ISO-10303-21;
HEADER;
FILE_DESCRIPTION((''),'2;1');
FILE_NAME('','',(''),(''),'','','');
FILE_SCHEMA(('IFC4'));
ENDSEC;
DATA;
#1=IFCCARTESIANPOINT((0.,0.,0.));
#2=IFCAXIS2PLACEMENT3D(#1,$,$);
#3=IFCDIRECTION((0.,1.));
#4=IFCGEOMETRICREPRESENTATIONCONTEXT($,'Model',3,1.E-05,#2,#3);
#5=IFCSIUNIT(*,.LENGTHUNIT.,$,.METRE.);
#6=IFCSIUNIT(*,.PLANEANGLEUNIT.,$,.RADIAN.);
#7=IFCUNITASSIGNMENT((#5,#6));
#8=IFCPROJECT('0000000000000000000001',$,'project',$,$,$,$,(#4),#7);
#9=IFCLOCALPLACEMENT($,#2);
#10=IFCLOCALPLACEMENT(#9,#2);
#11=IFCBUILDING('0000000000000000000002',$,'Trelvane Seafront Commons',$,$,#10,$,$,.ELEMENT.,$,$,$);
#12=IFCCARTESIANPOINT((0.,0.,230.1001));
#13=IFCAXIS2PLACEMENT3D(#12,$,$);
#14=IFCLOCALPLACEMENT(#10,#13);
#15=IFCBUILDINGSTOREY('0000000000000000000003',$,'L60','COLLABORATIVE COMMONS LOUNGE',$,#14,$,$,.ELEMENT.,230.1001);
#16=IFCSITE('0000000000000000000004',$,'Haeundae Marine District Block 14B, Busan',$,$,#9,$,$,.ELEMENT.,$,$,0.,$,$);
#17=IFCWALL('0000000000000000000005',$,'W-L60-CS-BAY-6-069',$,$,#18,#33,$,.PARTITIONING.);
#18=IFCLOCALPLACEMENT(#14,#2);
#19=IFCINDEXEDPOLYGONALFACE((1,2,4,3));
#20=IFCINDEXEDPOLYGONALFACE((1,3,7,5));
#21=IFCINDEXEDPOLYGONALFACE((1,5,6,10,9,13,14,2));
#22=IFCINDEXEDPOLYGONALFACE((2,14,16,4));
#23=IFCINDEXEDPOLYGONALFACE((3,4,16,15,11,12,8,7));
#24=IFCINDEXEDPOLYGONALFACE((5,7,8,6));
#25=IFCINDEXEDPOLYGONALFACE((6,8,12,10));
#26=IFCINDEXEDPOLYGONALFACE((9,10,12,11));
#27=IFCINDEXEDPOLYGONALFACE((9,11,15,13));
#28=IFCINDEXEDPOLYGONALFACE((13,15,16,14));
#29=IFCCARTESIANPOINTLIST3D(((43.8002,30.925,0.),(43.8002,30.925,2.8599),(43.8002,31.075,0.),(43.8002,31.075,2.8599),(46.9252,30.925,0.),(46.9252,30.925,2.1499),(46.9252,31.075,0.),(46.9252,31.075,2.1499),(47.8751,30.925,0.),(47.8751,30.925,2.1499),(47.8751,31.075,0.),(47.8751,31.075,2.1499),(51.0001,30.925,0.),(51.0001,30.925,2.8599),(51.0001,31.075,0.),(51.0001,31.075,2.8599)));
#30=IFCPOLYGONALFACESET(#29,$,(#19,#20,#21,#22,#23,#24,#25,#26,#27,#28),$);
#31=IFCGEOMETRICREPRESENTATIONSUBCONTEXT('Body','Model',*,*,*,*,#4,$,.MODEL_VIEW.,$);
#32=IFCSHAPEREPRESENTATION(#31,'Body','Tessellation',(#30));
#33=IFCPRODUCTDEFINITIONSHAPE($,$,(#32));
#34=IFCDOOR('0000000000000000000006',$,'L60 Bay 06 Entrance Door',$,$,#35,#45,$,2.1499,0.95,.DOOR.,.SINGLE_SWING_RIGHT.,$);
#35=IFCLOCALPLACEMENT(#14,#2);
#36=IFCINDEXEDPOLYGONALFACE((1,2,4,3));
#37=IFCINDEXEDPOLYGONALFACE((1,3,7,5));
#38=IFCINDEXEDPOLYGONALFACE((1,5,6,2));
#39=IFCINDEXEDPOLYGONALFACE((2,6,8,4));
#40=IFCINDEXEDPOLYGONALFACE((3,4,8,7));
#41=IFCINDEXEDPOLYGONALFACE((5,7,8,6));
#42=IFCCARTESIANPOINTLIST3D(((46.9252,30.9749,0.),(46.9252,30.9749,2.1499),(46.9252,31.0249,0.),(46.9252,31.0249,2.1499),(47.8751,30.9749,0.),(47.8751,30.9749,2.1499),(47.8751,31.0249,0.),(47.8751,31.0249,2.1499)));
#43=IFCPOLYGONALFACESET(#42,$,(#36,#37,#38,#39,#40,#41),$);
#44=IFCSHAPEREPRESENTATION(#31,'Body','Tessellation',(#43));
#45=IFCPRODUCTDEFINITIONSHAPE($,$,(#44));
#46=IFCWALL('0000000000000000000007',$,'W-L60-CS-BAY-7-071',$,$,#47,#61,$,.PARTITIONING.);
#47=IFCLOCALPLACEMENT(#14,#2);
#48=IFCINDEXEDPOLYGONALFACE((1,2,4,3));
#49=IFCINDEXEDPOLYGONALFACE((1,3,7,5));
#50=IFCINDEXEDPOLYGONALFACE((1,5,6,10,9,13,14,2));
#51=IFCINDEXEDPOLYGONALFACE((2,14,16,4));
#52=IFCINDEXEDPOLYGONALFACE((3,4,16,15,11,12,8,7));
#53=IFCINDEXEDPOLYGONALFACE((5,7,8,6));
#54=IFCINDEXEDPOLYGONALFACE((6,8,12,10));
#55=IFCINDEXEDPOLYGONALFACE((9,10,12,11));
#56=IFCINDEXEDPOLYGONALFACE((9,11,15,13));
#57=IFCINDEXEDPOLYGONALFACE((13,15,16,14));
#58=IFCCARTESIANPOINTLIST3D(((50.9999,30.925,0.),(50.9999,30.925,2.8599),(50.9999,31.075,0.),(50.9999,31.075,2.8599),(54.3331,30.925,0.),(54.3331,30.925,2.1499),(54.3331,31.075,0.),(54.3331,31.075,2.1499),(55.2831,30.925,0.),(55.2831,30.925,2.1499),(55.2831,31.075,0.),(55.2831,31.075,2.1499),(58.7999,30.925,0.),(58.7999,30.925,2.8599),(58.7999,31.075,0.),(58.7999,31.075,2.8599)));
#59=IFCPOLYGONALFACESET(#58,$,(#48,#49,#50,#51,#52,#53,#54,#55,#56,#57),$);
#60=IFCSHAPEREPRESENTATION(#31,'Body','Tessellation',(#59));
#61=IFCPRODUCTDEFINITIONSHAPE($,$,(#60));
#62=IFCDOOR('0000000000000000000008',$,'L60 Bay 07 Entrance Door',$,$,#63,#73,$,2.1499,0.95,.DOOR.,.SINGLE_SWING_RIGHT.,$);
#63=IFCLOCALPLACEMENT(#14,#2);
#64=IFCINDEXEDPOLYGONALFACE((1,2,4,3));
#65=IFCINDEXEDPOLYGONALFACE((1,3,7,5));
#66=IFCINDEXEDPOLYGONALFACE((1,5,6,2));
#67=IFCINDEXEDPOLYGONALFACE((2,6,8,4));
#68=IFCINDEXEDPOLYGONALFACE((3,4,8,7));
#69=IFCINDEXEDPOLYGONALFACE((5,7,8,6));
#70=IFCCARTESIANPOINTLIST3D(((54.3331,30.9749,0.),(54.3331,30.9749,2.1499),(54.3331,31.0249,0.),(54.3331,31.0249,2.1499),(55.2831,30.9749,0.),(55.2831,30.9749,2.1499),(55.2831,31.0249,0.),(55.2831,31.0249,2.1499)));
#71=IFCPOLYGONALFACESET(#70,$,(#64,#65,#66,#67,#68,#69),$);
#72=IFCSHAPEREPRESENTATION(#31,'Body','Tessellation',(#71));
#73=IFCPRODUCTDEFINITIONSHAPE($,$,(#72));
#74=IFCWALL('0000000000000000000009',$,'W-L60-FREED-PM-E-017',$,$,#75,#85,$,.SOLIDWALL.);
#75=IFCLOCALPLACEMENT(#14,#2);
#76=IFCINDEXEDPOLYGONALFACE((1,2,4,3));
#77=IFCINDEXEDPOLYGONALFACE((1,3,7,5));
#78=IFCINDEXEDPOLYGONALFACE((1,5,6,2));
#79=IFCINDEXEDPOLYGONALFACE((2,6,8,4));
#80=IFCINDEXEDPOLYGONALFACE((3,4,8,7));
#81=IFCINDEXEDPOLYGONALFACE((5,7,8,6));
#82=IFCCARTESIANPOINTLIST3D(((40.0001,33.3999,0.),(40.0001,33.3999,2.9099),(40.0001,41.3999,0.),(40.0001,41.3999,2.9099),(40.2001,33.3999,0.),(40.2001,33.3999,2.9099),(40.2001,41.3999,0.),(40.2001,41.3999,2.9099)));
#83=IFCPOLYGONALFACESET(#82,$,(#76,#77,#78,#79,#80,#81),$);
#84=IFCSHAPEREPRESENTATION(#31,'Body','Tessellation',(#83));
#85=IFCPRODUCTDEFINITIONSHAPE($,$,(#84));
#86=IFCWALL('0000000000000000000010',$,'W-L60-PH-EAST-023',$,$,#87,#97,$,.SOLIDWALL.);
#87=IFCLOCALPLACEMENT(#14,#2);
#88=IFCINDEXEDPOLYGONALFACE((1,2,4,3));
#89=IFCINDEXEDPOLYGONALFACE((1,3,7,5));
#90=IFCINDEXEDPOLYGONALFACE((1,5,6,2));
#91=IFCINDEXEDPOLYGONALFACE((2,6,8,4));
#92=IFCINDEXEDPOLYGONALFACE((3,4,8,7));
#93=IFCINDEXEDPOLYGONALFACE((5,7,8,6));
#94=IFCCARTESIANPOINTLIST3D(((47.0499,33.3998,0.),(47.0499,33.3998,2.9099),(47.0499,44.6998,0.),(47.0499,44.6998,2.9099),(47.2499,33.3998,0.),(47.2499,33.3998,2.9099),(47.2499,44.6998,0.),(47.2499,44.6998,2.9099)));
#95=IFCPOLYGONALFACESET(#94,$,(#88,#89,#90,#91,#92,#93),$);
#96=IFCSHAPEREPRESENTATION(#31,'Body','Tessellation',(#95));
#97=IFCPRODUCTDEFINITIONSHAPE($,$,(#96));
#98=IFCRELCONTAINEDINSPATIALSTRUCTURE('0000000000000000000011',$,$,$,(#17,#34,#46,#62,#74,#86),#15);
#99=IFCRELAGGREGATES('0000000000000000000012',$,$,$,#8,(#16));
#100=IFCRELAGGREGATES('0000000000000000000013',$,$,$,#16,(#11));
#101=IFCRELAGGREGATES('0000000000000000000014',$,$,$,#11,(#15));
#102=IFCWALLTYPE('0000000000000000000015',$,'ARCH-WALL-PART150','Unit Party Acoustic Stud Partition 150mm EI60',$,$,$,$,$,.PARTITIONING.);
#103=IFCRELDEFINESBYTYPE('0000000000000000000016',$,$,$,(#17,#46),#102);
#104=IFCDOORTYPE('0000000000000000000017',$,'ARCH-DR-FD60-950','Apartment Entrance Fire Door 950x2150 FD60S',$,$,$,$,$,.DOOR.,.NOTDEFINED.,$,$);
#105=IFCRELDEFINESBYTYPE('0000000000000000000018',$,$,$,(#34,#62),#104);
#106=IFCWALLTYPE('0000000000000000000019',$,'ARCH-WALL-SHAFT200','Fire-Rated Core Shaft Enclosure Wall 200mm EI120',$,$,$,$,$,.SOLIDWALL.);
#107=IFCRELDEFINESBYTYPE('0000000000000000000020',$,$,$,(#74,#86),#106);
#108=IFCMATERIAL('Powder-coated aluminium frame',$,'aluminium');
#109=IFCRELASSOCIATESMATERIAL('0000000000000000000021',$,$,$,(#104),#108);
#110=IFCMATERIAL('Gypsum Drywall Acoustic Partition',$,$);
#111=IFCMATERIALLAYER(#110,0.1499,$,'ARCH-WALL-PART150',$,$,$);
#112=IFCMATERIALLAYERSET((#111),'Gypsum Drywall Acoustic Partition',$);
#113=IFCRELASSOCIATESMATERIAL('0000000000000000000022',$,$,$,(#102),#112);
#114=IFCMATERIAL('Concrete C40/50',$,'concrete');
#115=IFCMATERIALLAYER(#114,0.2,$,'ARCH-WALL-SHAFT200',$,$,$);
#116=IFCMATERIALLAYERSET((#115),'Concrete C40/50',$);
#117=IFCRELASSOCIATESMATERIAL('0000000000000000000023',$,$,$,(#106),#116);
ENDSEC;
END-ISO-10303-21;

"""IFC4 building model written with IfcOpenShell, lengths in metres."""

from ifc_helpers import new_model, si_unit, direction, frame, frame_2d, origin, place, context, subcontext, project, spatial, rectangle, extrude, source, transform, mapped, material, layer, layer_set, type_object, element, fill, save


model = new_model("IFC4")

# Units and contexts
model_context = context("Model", 3, precision=1e-05, world=origin(), true_north=direction((0.0, 1.0)))
body_context = subcontext(model_context, "Body", "Model", "MODEL_VIEW")
ifc_project = project(units=[si_unit("LENGTHUNIT", "METRE"), si_unit("PLANEANGLEUNIT", "RADIAN")], contexts=[model_context])

# Site, building, storey
site_placement = place(None, origin())
site = spatial("IfcSite", under=ifc_project, at=site_placement, Name="Haeundae Marine District Block 14B, Busan", CompositionType="ELEMENT", RefElevation=0.0)
building_placement = place(site_placement, origin())
building = spatial("IfcBuilding", under=site, at=building_placement, Name="Trelvane Seafront Commons", CompositionType="ELEMENT")
storey_placement = place(building_placement, frame((0.0, 0.0, 230.1001)))
storey = spatial("IfcBuildingStorey", under=building, at=storey_placement, Name="L60", Description="COLLABORATIVE COMMONS LOUNGE", CompositionType="ELEMENT", Elevation=230.1001)

# Shared definitions
ifc_material_1 = material(Name="Concrete C40/50", Category="concrete")
ifc_material_2 = material(Name="Powder-coated aluminium frame", Category="aluminium")

# Shared definitions
door_type_1 = type_object("IfcDoorType", Name="ARCH-DR-FD60-950", Description="Apartment Entrance Fire Door 950x2150 FD60S", OperationType="NOTDEFINED", PredefinedType="DOOR", material=ifc_material_2)
shared_shape_1 = source(origin(), body_context, "Body", "SweptSolid", [
    extrude(rectangle(XDim=0.95, YDim=2.1499, at=frame_2d((0.4751, 1.075))), frame((0.0, 0.0249, 0.0), z_axis=(0.0, -1.0, 0.0), x_axis=(1.0, 0.0, 0.0)), (0.0, 0.0, 1.0), 0.05),
])
ifc_material_3 = material(Name="Gypsum Drywall Acoustic Partition")

# Walls, openings, doors
ifc_layer_1 = layer(ifc_material_3, 0.1499, Name="ARCH-WALL-PART150")
ifc_layer_set_1 = layer_set([ifc_layer_1], Name="Gypsum Drywall Acoustic Partition")
wall_type_1 = type_object("IfcWallType", Name="ARCH-WALL-PART150", Description="Unit Party Acoustic Stud Partition 150mm EI60", PredefinedType="PARTITIONING", material=ifc_layer_set_1)
wall_1_placement = place(storey_placement, frame((43.8, 31.0, 0.0), z_axis=(0.0, 0.0, 1.0), x_axis=(1.0, 0.0, 0.0)))
wall_1 = element("IfcWall", 1, at=wall_1_placement, inside=storey, type_object=wall_type_1, Name="W-L60-CS-BAY-6-069", PredefinedType="PARTITIONING", context=body_context, shape_type="SweptSolid", body=[
    extrude(rectangle(XDim=7.2, YDim=0.1499, at=frame_2d((3.6001, 0.0))), origin(), (0.0, 0.0, 1.0), 2.8599),
])
opening_1_placement = place(wall_1_placement, frame((3.125, 0.0, 0.0)))
opening_1 = element("IfcOpeningElement", 2, at=opening_1_placement, cuts=wall_1, PredefinedType="OPENING", context=body_context, shape_type="SweptSolid", body=[
    extrude(rectangle(XDim=0.95, YDim=2.1499, at=frame_2d((0.4751, 1.075))), frame((0.0, 0.085, 0.0), z_axis=(0.0, -1.0, 0.0), x_axis=(1.0, 0.0, 0.0)), (0.0, 0.0, 1.0), 0.1699),
])
door_1_placement = place(opening_1_placement, origin())
door_1 = element("IfcDoor", 3, at=door_1_placement, inside=storey, type_object=door_type_1, Name="L60 Bay 06 Entrance Door", OperationType="SINGLE_SWING_RIGHT", OverallHeight=2.1499, OverallWidth=0.95, PredefinedType="DOOR", context=body_context, shape_type="MappedRepresentation", body=[
    mapped(shared_shape_1, transform((0.0, 0.0, 0.0), x_axis=(1.0, 0.0, 0.0), y_axis=(0.0, 1.0, 0.0), z_axis=(0.0, 0.0, 1.0), scale=1.0)),
])
fill(opening_1, door_1)
wall_2_placement = place(storey_placement, frame((51.0, 31.0, 0.0), z_axis=(0.0, 0.0, 1.0), x_axis=(1.0, 0.0, 0.0)))
wall_2 = element("IfcWall", 4, at=wall_2_placement, inside=storey, type_object=wall_type_1, Name="W-L60-CS-BAY-7-071", PredefinedType="PARTITIONING", context=body_context, shape_type="SweptSolid", body=[
    extrude(rectangle(XDim=7.8, YDim=0.1499, at=frame_2d((3.8999, 0.0))), origin(), (0.0, 0.0, 1.0), 2.8599),
])
opening_2_placement = place(wall_2_placement, frame((3.333, 0.0, 0.0)))
opening_2 = element("IfcOpeningElement", 5, at=opening_2_placement, cuts=wall_2, PredefinedType="OPENING", context=body_context, shape_type="SweptSolid", body=[
    extrude(rectangle(XDim=0.95, YDim=2.1499, at=frame_2d((0.4751, 1.075))), frame((0.0, 0.085, 0.0), z_axis=(0.0, -1.0, 0.0), x_axis=(1.0, 0.0, 0.0)), (0.0, 0.0, 1.0), 0.1699),
])
door_2_placement = place(opening_2_placement, origin())
door_2 = element("IfcDoor", 6, at=door_2_placement, inside=storey, type_object=door_type_1, Name="L60 Bay 07 Entrance Door", OperationType="SINGLE_SWING_RIGHT", OverallHeight=2.1499, OverallWidth=0.95, PredefinedType="DOOR", context=body_context, shape_type="MappedRepresentation", body=[
    mapped(shared_shape_1, transform((0.0, 0.0, 0.0), x_axis=(1.0, 0.0, 0.0), y_axis=(0.0, 1.0, 0.0), z_axis=(0.0, 0.0, 1.0), scale=1.0)),
])
fill(opening_2, door_2)

# Walls
ifc_layer_2 = layer(ifc_material_1, 0.2, Name="ARCH-WALL-SHAFT200")
ifc_layer_set_2 = layer_set([ifc_layer_2], Name="Concrete C40/50")
wall_type_2 = type_object("IfcWallType", Name="ARCH-WALL-SHAFT200", Description="Fire-Rated Core Shaft Enclosure Wall 200mm EI120", PredefinedType="SOLIDWALL", material=ifc_layer_set_2)
wall_3_placement = place(storey_placement, frame((40.1001, 33.3999, 0.0), z_axis=(0.0, 0.0, 1.0), x_axis=(0.0, 1.0, 0.0)))
element("IfcWall", 7, at=wall_3_placement, inside=storey, type_object=wall_type_2, Name="W-L60-FREED-PM-E-017", PredefinedType="SOLIDWALL", context=body_context, shape_type="SweptSolid", body=[
    extrude(rectangle(XDim=8.0, YDim=0.2, at=frame_2d((4.0, 0.0))), origin(), (0.0, 0.0, 1.0), 2.9099),
])
wall_4_placement = place(storey_placement, frame((47.1499, 33.3999, 0.0), z_axis=(0.0, 0.0, 1.0), x_axis=(0.0, 1.0, 0.0)))
element("IfcWall", 8, at=wall_4_placement, inside=storey, type_object=wall_type_2, Name="W-L60-PH-EAST-023", PredefinedType="SOLIDWALL", context=body_context, shape_type="SweptSolid", body=[
    extrude(rectangle(XDim=11.3, YDim=0.2, at=frame_2d((5.6499, 0.0))), origin(), (0.0, 0.0, 1.0), 2.9099),
])

save(model, "model.ifc")
